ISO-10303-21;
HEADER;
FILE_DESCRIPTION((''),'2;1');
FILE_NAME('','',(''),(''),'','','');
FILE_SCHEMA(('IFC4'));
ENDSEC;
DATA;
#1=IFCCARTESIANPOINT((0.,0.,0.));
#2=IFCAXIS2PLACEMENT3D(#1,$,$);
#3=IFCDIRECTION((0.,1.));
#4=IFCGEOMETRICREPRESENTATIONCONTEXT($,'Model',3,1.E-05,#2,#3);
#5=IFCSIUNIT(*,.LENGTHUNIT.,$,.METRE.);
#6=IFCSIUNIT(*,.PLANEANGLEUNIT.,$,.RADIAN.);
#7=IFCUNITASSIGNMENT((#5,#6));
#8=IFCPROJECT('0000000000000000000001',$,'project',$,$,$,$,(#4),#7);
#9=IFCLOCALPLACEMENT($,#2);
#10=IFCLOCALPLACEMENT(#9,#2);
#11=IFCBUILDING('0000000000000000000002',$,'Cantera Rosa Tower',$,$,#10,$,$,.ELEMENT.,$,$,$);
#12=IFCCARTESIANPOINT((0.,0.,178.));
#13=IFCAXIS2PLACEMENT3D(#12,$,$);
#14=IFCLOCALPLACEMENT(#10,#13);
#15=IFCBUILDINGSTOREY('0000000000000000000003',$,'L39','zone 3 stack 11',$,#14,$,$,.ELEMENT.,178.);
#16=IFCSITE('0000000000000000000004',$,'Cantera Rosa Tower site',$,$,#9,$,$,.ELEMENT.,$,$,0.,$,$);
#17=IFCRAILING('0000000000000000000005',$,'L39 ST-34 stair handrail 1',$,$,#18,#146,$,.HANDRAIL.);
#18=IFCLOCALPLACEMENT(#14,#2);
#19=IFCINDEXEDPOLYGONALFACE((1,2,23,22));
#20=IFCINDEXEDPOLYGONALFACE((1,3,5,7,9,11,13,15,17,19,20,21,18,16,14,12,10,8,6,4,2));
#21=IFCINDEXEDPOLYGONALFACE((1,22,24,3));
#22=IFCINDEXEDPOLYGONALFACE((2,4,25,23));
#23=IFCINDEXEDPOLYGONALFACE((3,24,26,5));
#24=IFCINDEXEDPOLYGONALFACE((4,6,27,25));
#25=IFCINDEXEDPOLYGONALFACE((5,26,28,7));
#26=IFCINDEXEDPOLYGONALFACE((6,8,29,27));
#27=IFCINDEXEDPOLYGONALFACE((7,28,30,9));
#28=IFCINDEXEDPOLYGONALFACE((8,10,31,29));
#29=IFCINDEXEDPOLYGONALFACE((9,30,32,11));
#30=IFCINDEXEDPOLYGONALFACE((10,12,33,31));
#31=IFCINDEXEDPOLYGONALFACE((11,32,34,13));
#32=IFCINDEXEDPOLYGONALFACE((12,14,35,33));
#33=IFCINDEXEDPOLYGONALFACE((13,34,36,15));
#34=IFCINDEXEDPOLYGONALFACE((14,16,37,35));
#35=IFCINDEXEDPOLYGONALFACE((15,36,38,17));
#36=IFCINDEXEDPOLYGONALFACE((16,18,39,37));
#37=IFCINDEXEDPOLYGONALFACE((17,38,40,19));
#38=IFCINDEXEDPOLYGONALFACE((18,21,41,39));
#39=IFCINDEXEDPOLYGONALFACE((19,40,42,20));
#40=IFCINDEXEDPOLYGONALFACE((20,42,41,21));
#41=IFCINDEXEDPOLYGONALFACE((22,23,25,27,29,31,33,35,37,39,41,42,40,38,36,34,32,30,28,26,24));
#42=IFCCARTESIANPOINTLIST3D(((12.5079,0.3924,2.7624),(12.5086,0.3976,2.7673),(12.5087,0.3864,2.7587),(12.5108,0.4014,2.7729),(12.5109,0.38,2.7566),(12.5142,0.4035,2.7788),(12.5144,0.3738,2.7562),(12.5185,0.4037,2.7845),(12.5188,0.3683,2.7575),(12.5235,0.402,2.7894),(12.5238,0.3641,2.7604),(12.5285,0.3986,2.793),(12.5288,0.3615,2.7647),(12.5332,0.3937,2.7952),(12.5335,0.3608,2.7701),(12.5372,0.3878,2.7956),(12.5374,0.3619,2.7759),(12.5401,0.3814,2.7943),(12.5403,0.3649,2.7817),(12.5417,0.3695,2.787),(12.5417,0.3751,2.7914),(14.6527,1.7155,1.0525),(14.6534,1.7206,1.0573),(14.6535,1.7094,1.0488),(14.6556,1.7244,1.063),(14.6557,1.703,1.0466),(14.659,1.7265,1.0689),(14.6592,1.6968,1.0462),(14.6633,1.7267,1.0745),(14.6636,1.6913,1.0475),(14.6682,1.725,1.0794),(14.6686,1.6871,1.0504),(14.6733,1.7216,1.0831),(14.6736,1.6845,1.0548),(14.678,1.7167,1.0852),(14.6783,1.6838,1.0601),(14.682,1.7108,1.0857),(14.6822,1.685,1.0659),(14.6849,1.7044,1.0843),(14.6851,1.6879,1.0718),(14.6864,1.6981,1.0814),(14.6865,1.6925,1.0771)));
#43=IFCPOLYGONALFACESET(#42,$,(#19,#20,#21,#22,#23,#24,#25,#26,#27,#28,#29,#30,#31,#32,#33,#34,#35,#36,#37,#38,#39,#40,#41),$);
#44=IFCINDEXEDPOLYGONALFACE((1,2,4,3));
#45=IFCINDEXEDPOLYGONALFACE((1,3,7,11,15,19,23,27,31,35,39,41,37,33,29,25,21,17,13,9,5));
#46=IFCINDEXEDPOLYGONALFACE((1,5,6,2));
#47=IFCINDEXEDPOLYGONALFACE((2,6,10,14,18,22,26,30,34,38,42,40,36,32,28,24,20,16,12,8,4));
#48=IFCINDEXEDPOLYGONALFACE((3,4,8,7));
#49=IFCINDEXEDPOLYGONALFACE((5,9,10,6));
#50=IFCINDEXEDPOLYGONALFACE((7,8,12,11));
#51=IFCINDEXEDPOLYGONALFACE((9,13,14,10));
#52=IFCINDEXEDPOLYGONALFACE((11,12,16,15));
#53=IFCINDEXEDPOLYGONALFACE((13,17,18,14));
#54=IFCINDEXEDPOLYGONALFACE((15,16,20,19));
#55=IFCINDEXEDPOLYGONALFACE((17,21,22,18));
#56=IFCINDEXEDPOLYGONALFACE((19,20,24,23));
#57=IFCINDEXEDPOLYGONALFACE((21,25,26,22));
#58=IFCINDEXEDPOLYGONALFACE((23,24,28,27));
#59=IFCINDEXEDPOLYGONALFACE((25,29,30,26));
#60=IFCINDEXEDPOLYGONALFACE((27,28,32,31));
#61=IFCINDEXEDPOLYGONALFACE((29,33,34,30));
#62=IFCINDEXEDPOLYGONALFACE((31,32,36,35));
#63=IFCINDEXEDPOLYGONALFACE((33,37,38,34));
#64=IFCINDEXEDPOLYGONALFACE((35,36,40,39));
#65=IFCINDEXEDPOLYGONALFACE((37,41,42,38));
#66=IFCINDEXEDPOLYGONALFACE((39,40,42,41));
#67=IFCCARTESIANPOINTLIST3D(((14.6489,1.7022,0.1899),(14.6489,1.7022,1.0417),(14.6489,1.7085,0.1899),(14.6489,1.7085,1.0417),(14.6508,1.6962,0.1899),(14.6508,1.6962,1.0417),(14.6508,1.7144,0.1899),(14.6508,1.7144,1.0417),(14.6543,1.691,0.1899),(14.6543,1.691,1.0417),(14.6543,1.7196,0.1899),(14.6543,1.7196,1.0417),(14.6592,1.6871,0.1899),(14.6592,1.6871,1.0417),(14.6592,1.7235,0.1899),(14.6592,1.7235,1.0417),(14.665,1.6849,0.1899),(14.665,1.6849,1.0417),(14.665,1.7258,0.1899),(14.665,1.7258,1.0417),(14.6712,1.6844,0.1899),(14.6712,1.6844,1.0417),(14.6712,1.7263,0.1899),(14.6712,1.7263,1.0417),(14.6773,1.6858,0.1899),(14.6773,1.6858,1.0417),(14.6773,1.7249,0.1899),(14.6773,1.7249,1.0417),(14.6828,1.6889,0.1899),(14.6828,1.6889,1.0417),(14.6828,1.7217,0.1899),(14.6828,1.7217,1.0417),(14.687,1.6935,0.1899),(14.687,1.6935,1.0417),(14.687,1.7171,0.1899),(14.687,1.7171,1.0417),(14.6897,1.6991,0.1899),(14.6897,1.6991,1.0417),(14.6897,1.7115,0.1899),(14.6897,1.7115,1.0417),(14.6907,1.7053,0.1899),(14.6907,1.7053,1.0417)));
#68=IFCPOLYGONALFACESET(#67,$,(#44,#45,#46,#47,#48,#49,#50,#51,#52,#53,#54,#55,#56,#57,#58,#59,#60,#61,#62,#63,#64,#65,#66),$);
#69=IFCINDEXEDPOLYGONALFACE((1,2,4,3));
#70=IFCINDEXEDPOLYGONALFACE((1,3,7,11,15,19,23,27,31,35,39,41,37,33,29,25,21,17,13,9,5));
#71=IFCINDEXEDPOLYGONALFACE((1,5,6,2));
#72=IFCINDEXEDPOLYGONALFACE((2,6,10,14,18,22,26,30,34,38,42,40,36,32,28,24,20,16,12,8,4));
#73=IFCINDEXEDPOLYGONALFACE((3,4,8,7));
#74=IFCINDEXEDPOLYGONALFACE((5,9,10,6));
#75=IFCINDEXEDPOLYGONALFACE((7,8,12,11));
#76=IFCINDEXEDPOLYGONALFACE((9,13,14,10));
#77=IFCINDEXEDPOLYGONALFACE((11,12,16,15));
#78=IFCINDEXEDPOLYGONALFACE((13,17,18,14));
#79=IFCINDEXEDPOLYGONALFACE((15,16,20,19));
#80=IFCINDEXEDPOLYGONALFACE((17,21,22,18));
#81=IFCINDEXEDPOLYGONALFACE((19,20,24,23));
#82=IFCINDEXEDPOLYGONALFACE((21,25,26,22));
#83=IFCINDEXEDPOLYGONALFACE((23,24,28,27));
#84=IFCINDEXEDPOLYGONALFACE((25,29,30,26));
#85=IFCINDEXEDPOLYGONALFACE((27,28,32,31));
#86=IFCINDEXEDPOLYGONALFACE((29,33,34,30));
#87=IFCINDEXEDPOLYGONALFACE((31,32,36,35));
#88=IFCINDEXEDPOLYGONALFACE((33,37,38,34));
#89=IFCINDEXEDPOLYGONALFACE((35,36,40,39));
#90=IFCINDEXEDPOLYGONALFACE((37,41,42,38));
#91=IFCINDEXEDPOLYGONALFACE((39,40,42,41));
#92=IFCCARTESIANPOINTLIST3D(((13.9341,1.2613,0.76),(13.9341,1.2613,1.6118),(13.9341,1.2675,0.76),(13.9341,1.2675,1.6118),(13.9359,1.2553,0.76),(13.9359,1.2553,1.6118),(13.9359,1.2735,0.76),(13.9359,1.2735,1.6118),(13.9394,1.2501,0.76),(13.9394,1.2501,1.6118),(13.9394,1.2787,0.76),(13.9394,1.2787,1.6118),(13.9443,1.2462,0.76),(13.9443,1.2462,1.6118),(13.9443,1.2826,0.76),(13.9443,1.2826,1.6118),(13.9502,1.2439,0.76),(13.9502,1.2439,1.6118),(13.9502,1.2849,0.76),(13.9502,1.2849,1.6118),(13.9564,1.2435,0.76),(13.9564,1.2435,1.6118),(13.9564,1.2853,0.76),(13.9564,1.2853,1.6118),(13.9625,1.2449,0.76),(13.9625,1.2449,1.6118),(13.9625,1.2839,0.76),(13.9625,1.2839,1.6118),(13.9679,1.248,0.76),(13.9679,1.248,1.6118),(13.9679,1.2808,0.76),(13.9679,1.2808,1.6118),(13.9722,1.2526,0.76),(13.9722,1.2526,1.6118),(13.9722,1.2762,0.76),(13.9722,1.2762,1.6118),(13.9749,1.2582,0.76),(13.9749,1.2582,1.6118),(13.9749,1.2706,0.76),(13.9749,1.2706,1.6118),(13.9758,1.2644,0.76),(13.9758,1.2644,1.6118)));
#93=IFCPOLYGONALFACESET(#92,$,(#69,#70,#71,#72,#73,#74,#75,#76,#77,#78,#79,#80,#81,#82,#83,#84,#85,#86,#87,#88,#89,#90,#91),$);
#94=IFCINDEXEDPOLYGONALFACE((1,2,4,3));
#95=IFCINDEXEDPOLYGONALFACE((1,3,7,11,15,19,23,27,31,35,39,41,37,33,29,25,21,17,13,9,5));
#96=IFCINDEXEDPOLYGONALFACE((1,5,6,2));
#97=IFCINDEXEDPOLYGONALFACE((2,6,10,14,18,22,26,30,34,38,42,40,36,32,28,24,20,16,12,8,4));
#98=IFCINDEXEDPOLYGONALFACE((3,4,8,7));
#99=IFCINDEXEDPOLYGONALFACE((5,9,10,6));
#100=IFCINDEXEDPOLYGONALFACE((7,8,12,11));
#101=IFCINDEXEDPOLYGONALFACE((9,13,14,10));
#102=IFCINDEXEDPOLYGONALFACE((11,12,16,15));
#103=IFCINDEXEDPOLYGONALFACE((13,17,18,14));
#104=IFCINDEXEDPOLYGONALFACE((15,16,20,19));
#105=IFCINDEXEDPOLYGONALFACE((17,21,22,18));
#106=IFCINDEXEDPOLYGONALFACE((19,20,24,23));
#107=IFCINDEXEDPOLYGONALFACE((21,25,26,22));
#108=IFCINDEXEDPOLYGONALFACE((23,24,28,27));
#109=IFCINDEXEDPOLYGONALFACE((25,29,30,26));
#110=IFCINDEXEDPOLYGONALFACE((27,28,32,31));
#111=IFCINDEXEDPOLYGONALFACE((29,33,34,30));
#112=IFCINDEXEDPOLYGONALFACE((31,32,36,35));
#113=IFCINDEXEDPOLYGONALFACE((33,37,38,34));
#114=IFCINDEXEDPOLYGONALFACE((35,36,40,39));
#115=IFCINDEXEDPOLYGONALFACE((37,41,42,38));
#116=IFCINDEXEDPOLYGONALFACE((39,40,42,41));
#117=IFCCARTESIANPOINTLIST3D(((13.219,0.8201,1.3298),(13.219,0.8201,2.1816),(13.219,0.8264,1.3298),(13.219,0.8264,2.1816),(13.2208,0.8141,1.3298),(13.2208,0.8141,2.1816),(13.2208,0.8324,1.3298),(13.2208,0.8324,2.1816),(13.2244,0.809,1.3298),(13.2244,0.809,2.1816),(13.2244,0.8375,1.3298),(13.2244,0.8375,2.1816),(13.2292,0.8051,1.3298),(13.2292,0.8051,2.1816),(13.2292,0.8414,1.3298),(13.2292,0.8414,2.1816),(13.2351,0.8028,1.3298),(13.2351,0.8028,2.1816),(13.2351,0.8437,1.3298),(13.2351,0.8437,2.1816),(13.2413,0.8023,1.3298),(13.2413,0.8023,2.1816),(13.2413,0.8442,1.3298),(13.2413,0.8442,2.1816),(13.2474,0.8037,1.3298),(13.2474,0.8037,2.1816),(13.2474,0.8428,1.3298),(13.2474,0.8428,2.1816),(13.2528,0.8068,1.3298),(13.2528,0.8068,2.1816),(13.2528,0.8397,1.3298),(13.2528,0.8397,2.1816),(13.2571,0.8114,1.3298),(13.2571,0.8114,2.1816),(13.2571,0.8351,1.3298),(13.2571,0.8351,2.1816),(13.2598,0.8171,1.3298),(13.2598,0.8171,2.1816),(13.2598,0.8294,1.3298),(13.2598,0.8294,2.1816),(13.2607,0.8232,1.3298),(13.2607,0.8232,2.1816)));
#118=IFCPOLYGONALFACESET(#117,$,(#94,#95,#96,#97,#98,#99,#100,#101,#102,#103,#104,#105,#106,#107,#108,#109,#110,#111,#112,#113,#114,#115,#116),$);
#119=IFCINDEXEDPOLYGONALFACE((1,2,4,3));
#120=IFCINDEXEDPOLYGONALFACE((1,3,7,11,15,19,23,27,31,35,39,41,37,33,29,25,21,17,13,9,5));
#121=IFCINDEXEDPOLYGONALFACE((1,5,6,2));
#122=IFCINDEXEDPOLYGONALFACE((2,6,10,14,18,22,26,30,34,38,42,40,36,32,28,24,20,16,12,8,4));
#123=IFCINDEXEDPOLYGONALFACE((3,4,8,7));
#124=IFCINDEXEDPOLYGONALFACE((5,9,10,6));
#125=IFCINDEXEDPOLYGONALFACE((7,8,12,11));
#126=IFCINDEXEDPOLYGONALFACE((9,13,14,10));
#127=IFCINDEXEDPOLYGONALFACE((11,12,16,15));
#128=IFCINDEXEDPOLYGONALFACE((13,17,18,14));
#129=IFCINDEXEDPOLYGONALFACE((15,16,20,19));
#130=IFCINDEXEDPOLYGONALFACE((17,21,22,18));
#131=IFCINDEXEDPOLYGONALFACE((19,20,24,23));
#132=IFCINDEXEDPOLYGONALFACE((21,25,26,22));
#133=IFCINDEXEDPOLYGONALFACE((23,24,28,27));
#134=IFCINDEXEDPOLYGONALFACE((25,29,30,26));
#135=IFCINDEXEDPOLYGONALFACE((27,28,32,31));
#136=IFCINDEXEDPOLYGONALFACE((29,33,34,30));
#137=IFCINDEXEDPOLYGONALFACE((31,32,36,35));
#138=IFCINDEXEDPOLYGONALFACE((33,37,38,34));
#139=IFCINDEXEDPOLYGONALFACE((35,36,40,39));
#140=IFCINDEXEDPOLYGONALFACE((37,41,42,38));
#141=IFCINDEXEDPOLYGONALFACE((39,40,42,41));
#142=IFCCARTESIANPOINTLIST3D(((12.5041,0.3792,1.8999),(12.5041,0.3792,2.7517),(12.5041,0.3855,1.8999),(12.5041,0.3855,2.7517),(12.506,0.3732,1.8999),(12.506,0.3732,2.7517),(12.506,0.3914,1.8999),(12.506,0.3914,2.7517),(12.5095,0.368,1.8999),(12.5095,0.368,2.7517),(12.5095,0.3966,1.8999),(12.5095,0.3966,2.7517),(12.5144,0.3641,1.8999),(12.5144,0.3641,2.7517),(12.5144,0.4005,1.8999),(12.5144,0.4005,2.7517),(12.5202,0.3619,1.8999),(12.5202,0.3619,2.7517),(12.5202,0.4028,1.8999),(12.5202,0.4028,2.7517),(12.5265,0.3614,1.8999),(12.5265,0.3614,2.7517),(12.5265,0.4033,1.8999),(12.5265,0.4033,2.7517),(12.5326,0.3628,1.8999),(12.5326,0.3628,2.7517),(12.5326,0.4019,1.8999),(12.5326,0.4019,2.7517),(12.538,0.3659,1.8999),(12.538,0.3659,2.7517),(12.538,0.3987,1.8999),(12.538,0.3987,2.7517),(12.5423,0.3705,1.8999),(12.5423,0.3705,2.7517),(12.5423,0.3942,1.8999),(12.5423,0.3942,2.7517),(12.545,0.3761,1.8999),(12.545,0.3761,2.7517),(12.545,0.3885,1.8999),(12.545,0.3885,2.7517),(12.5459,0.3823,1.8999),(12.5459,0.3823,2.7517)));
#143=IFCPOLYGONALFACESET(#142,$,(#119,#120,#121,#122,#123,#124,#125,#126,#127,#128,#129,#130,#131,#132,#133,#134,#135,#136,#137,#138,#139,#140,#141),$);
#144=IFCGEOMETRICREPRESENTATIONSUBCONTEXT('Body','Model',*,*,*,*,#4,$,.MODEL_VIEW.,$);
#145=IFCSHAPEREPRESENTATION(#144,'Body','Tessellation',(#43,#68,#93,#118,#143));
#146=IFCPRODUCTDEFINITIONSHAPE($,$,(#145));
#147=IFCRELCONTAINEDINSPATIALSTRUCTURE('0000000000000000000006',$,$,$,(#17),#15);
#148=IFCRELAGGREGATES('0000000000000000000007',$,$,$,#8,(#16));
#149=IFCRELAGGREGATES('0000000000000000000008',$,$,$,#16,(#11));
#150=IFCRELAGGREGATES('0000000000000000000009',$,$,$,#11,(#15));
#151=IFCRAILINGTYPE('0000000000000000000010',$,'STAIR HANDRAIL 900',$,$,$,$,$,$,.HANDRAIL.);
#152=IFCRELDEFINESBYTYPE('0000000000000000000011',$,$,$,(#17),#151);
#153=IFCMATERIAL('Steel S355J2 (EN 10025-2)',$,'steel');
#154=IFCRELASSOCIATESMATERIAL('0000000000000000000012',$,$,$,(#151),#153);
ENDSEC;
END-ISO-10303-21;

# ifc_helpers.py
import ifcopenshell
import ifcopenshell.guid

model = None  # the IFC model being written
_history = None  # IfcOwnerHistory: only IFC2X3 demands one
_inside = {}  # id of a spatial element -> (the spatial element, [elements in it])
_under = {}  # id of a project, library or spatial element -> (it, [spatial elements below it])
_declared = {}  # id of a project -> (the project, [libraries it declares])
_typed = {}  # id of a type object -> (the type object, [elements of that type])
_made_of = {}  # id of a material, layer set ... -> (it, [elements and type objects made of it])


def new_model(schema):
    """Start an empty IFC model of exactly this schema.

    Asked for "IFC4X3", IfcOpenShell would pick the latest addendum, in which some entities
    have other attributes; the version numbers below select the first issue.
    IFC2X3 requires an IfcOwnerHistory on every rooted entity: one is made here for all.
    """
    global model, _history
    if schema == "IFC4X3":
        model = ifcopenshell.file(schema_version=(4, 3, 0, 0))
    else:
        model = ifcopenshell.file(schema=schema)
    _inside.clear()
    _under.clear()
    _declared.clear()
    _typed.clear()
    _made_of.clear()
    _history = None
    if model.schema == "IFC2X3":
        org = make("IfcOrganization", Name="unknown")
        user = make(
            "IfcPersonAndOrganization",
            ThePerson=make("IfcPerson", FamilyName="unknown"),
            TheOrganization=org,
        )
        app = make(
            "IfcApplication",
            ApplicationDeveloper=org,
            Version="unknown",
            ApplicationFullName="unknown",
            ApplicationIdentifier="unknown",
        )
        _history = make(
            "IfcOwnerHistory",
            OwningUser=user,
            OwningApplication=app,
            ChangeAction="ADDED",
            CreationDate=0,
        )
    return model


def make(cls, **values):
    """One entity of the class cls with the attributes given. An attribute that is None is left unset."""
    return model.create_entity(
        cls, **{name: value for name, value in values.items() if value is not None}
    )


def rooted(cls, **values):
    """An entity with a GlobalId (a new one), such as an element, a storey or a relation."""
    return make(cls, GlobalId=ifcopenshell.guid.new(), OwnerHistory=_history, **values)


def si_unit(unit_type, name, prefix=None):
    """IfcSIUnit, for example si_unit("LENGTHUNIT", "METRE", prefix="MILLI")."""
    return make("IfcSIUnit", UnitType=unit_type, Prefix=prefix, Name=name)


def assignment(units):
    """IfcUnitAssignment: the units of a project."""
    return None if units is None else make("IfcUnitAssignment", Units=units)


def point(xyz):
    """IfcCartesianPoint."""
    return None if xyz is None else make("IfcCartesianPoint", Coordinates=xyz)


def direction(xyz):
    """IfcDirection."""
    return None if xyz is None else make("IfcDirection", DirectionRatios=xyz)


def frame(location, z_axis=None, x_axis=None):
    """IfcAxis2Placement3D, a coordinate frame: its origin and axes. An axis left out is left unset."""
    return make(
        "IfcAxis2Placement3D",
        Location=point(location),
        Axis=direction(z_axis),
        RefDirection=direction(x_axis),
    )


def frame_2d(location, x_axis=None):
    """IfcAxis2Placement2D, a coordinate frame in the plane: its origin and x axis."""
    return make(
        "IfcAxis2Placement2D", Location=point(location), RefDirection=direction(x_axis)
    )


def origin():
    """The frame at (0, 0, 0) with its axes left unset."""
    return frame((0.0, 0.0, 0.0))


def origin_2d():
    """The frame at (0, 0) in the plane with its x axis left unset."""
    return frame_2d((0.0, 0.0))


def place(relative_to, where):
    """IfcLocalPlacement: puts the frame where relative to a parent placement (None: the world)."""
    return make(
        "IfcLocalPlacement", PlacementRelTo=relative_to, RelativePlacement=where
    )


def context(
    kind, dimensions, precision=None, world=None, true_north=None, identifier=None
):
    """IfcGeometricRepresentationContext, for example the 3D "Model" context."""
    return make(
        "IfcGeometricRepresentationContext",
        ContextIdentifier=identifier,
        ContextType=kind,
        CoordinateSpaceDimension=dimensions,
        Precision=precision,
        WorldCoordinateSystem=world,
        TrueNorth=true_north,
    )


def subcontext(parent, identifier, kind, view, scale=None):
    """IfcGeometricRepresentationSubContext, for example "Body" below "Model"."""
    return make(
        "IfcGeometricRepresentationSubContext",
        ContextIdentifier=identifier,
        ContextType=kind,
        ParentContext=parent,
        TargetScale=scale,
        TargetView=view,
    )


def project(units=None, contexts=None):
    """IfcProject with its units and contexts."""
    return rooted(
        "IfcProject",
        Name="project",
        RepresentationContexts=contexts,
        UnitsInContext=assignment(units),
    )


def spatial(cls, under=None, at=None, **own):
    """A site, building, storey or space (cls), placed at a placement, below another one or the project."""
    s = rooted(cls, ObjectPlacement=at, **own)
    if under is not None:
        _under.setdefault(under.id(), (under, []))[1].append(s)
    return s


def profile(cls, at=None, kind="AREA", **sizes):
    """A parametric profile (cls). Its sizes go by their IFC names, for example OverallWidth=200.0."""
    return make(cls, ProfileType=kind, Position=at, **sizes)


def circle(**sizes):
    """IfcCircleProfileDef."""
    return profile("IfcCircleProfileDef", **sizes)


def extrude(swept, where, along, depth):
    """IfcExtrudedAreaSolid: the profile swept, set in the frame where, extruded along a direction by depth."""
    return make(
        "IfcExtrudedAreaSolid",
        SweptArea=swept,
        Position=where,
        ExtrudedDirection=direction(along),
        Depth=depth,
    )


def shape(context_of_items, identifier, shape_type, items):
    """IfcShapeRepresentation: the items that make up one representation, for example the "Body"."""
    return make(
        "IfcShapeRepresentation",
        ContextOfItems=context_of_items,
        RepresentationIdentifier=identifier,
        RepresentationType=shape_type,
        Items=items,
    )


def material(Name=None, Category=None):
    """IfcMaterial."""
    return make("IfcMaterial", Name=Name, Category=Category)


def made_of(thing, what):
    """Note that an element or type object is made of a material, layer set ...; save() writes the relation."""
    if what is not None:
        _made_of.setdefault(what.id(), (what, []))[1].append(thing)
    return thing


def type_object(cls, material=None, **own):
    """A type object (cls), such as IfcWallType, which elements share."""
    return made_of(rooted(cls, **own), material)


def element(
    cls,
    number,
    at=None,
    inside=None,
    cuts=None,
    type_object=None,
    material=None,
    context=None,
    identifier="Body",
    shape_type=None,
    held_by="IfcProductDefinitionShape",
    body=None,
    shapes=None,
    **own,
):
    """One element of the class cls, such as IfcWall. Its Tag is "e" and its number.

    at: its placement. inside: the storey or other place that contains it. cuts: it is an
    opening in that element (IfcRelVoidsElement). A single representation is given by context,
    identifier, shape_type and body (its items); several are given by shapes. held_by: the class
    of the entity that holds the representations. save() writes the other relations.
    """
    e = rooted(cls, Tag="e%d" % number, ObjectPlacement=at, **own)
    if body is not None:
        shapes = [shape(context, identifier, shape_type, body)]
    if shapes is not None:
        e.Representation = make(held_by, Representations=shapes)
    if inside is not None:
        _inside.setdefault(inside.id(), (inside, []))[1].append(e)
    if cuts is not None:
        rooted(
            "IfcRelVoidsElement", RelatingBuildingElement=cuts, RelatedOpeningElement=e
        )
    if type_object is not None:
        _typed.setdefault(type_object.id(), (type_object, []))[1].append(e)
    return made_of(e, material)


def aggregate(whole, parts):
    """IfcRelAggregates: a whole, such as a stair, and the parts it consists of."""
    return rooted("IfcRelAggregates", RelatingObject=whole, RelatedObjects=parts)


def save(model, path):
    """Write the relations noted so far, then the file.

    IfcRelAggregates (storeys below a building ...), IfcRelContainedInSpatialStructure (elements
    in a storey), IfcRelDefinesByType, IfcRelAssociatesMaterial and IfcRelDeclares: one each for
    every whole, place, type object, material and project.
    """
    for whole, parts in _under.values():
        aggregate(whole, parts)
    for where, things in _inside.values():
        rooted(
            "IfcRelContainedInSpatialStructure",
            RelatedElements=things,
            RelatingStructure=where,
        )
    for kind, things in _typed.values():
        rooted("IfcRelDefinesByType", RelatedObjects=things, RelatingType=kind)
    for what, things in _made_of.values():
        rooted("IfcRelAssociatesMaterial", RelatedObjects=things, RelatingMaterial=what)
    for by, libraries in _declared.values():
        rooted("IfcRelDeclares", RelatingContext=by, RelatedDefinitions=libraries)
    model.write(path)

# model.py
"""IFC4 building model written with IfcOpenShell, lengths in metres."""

from ifc_helpers import new_model, si_unit, direction, frame, origin, origin_2d, place, context, subcontext, project, spatial, circle, extrude, material, type_object, element, save


model = new_model("IFC4")

# Units and contexts
model_context = context("Model", 3, precision=1e-05, world=origin(), true_north=direction((0.0, 1.0)))
body_context = subcontext(model_context, "Body", "Model", "MODEL_VIEW")
ifc_project = project(units=[si_unit("LENGTHUNIT", "METRE"), si_unit("PLANEANGLEUNIT", "RADIAN")], contexts=[model_context])

# Site, building, storey
site_placement = place(None, origin())
site = spatial("IfcSite", under=ifc_project, at=site_placement, Name="Cantera Rosa Tower site", CompositionType="ELEMENT", RefElevation=0.0)
building_placement = place(site_placement, origin())
building = spatial("IfcBuilding", under=site, at=building_placement, Name="Cantera Rosa Tower", CompositionType="ELEMENT")
storey_placement = place(building_placement, frame((0.0, 0.0, 178.0)))
storey = spatial("IfcBuildingStorey", under=building, at=storey_placement, Name="L39", Description="zone 3 stack 11", CompositionType="ELEMENT", Elevation=178.0)

# Railing
ifc_material_1 = material(Name="Steel S355J2 (EN 10025-2)", Category="steel")
railing_type_1 = type_object("IfcRailingType", Name="STAIR HANDRAIL 900", PredefinedType="HANDRAIL", material=ifc_material_1)
railing_1_placement = place(storey_placement, frame((14.6697, 1.7053, 0.1899)))
element("IfcRailing", 1, at=railing_1_placement, inside=storey, type_object=railing_type_1, Name="L39 ST-34 stair handrail 1", PredefinedType="HANDRAIL", context=body_context, shape_type="SweptSolid", body=[
    extrude(circle(Radius=0.0239, at=origin_2d()), frame((0.0, 0.0, 0.876), z_axis=(-0.704271, -0.434428, 0.561493), x_axis=(0.525, -0.851102, 0.0)), (0.0, 0.0, 1.0), 3.0454),
    extrude(circle(Radius=0.021, at=origin_2d()), origin(), (0.0, 0.0, 1.0), 0.8518),
    extrude(circle(Radius=0.021, at=origin_2d()), frame((-0.7148, -0.4409, 0.5701)), (0.0, 0.0, 1.0), 0.8518),
    extrude(circle(Radius=0.021, at=origin_2d()), frame((-1.4299, -0.8821, 1.1399)), (0.0, 0.0, 1.0), 0.8518),
    extrude(circle(Radius=0.021, at=origin_2d()), frame((-2.1448, -1.323, 1.71)), (0.0, 0.0, 1.0), 0.8518),
])

save(model, "model.ifc")
